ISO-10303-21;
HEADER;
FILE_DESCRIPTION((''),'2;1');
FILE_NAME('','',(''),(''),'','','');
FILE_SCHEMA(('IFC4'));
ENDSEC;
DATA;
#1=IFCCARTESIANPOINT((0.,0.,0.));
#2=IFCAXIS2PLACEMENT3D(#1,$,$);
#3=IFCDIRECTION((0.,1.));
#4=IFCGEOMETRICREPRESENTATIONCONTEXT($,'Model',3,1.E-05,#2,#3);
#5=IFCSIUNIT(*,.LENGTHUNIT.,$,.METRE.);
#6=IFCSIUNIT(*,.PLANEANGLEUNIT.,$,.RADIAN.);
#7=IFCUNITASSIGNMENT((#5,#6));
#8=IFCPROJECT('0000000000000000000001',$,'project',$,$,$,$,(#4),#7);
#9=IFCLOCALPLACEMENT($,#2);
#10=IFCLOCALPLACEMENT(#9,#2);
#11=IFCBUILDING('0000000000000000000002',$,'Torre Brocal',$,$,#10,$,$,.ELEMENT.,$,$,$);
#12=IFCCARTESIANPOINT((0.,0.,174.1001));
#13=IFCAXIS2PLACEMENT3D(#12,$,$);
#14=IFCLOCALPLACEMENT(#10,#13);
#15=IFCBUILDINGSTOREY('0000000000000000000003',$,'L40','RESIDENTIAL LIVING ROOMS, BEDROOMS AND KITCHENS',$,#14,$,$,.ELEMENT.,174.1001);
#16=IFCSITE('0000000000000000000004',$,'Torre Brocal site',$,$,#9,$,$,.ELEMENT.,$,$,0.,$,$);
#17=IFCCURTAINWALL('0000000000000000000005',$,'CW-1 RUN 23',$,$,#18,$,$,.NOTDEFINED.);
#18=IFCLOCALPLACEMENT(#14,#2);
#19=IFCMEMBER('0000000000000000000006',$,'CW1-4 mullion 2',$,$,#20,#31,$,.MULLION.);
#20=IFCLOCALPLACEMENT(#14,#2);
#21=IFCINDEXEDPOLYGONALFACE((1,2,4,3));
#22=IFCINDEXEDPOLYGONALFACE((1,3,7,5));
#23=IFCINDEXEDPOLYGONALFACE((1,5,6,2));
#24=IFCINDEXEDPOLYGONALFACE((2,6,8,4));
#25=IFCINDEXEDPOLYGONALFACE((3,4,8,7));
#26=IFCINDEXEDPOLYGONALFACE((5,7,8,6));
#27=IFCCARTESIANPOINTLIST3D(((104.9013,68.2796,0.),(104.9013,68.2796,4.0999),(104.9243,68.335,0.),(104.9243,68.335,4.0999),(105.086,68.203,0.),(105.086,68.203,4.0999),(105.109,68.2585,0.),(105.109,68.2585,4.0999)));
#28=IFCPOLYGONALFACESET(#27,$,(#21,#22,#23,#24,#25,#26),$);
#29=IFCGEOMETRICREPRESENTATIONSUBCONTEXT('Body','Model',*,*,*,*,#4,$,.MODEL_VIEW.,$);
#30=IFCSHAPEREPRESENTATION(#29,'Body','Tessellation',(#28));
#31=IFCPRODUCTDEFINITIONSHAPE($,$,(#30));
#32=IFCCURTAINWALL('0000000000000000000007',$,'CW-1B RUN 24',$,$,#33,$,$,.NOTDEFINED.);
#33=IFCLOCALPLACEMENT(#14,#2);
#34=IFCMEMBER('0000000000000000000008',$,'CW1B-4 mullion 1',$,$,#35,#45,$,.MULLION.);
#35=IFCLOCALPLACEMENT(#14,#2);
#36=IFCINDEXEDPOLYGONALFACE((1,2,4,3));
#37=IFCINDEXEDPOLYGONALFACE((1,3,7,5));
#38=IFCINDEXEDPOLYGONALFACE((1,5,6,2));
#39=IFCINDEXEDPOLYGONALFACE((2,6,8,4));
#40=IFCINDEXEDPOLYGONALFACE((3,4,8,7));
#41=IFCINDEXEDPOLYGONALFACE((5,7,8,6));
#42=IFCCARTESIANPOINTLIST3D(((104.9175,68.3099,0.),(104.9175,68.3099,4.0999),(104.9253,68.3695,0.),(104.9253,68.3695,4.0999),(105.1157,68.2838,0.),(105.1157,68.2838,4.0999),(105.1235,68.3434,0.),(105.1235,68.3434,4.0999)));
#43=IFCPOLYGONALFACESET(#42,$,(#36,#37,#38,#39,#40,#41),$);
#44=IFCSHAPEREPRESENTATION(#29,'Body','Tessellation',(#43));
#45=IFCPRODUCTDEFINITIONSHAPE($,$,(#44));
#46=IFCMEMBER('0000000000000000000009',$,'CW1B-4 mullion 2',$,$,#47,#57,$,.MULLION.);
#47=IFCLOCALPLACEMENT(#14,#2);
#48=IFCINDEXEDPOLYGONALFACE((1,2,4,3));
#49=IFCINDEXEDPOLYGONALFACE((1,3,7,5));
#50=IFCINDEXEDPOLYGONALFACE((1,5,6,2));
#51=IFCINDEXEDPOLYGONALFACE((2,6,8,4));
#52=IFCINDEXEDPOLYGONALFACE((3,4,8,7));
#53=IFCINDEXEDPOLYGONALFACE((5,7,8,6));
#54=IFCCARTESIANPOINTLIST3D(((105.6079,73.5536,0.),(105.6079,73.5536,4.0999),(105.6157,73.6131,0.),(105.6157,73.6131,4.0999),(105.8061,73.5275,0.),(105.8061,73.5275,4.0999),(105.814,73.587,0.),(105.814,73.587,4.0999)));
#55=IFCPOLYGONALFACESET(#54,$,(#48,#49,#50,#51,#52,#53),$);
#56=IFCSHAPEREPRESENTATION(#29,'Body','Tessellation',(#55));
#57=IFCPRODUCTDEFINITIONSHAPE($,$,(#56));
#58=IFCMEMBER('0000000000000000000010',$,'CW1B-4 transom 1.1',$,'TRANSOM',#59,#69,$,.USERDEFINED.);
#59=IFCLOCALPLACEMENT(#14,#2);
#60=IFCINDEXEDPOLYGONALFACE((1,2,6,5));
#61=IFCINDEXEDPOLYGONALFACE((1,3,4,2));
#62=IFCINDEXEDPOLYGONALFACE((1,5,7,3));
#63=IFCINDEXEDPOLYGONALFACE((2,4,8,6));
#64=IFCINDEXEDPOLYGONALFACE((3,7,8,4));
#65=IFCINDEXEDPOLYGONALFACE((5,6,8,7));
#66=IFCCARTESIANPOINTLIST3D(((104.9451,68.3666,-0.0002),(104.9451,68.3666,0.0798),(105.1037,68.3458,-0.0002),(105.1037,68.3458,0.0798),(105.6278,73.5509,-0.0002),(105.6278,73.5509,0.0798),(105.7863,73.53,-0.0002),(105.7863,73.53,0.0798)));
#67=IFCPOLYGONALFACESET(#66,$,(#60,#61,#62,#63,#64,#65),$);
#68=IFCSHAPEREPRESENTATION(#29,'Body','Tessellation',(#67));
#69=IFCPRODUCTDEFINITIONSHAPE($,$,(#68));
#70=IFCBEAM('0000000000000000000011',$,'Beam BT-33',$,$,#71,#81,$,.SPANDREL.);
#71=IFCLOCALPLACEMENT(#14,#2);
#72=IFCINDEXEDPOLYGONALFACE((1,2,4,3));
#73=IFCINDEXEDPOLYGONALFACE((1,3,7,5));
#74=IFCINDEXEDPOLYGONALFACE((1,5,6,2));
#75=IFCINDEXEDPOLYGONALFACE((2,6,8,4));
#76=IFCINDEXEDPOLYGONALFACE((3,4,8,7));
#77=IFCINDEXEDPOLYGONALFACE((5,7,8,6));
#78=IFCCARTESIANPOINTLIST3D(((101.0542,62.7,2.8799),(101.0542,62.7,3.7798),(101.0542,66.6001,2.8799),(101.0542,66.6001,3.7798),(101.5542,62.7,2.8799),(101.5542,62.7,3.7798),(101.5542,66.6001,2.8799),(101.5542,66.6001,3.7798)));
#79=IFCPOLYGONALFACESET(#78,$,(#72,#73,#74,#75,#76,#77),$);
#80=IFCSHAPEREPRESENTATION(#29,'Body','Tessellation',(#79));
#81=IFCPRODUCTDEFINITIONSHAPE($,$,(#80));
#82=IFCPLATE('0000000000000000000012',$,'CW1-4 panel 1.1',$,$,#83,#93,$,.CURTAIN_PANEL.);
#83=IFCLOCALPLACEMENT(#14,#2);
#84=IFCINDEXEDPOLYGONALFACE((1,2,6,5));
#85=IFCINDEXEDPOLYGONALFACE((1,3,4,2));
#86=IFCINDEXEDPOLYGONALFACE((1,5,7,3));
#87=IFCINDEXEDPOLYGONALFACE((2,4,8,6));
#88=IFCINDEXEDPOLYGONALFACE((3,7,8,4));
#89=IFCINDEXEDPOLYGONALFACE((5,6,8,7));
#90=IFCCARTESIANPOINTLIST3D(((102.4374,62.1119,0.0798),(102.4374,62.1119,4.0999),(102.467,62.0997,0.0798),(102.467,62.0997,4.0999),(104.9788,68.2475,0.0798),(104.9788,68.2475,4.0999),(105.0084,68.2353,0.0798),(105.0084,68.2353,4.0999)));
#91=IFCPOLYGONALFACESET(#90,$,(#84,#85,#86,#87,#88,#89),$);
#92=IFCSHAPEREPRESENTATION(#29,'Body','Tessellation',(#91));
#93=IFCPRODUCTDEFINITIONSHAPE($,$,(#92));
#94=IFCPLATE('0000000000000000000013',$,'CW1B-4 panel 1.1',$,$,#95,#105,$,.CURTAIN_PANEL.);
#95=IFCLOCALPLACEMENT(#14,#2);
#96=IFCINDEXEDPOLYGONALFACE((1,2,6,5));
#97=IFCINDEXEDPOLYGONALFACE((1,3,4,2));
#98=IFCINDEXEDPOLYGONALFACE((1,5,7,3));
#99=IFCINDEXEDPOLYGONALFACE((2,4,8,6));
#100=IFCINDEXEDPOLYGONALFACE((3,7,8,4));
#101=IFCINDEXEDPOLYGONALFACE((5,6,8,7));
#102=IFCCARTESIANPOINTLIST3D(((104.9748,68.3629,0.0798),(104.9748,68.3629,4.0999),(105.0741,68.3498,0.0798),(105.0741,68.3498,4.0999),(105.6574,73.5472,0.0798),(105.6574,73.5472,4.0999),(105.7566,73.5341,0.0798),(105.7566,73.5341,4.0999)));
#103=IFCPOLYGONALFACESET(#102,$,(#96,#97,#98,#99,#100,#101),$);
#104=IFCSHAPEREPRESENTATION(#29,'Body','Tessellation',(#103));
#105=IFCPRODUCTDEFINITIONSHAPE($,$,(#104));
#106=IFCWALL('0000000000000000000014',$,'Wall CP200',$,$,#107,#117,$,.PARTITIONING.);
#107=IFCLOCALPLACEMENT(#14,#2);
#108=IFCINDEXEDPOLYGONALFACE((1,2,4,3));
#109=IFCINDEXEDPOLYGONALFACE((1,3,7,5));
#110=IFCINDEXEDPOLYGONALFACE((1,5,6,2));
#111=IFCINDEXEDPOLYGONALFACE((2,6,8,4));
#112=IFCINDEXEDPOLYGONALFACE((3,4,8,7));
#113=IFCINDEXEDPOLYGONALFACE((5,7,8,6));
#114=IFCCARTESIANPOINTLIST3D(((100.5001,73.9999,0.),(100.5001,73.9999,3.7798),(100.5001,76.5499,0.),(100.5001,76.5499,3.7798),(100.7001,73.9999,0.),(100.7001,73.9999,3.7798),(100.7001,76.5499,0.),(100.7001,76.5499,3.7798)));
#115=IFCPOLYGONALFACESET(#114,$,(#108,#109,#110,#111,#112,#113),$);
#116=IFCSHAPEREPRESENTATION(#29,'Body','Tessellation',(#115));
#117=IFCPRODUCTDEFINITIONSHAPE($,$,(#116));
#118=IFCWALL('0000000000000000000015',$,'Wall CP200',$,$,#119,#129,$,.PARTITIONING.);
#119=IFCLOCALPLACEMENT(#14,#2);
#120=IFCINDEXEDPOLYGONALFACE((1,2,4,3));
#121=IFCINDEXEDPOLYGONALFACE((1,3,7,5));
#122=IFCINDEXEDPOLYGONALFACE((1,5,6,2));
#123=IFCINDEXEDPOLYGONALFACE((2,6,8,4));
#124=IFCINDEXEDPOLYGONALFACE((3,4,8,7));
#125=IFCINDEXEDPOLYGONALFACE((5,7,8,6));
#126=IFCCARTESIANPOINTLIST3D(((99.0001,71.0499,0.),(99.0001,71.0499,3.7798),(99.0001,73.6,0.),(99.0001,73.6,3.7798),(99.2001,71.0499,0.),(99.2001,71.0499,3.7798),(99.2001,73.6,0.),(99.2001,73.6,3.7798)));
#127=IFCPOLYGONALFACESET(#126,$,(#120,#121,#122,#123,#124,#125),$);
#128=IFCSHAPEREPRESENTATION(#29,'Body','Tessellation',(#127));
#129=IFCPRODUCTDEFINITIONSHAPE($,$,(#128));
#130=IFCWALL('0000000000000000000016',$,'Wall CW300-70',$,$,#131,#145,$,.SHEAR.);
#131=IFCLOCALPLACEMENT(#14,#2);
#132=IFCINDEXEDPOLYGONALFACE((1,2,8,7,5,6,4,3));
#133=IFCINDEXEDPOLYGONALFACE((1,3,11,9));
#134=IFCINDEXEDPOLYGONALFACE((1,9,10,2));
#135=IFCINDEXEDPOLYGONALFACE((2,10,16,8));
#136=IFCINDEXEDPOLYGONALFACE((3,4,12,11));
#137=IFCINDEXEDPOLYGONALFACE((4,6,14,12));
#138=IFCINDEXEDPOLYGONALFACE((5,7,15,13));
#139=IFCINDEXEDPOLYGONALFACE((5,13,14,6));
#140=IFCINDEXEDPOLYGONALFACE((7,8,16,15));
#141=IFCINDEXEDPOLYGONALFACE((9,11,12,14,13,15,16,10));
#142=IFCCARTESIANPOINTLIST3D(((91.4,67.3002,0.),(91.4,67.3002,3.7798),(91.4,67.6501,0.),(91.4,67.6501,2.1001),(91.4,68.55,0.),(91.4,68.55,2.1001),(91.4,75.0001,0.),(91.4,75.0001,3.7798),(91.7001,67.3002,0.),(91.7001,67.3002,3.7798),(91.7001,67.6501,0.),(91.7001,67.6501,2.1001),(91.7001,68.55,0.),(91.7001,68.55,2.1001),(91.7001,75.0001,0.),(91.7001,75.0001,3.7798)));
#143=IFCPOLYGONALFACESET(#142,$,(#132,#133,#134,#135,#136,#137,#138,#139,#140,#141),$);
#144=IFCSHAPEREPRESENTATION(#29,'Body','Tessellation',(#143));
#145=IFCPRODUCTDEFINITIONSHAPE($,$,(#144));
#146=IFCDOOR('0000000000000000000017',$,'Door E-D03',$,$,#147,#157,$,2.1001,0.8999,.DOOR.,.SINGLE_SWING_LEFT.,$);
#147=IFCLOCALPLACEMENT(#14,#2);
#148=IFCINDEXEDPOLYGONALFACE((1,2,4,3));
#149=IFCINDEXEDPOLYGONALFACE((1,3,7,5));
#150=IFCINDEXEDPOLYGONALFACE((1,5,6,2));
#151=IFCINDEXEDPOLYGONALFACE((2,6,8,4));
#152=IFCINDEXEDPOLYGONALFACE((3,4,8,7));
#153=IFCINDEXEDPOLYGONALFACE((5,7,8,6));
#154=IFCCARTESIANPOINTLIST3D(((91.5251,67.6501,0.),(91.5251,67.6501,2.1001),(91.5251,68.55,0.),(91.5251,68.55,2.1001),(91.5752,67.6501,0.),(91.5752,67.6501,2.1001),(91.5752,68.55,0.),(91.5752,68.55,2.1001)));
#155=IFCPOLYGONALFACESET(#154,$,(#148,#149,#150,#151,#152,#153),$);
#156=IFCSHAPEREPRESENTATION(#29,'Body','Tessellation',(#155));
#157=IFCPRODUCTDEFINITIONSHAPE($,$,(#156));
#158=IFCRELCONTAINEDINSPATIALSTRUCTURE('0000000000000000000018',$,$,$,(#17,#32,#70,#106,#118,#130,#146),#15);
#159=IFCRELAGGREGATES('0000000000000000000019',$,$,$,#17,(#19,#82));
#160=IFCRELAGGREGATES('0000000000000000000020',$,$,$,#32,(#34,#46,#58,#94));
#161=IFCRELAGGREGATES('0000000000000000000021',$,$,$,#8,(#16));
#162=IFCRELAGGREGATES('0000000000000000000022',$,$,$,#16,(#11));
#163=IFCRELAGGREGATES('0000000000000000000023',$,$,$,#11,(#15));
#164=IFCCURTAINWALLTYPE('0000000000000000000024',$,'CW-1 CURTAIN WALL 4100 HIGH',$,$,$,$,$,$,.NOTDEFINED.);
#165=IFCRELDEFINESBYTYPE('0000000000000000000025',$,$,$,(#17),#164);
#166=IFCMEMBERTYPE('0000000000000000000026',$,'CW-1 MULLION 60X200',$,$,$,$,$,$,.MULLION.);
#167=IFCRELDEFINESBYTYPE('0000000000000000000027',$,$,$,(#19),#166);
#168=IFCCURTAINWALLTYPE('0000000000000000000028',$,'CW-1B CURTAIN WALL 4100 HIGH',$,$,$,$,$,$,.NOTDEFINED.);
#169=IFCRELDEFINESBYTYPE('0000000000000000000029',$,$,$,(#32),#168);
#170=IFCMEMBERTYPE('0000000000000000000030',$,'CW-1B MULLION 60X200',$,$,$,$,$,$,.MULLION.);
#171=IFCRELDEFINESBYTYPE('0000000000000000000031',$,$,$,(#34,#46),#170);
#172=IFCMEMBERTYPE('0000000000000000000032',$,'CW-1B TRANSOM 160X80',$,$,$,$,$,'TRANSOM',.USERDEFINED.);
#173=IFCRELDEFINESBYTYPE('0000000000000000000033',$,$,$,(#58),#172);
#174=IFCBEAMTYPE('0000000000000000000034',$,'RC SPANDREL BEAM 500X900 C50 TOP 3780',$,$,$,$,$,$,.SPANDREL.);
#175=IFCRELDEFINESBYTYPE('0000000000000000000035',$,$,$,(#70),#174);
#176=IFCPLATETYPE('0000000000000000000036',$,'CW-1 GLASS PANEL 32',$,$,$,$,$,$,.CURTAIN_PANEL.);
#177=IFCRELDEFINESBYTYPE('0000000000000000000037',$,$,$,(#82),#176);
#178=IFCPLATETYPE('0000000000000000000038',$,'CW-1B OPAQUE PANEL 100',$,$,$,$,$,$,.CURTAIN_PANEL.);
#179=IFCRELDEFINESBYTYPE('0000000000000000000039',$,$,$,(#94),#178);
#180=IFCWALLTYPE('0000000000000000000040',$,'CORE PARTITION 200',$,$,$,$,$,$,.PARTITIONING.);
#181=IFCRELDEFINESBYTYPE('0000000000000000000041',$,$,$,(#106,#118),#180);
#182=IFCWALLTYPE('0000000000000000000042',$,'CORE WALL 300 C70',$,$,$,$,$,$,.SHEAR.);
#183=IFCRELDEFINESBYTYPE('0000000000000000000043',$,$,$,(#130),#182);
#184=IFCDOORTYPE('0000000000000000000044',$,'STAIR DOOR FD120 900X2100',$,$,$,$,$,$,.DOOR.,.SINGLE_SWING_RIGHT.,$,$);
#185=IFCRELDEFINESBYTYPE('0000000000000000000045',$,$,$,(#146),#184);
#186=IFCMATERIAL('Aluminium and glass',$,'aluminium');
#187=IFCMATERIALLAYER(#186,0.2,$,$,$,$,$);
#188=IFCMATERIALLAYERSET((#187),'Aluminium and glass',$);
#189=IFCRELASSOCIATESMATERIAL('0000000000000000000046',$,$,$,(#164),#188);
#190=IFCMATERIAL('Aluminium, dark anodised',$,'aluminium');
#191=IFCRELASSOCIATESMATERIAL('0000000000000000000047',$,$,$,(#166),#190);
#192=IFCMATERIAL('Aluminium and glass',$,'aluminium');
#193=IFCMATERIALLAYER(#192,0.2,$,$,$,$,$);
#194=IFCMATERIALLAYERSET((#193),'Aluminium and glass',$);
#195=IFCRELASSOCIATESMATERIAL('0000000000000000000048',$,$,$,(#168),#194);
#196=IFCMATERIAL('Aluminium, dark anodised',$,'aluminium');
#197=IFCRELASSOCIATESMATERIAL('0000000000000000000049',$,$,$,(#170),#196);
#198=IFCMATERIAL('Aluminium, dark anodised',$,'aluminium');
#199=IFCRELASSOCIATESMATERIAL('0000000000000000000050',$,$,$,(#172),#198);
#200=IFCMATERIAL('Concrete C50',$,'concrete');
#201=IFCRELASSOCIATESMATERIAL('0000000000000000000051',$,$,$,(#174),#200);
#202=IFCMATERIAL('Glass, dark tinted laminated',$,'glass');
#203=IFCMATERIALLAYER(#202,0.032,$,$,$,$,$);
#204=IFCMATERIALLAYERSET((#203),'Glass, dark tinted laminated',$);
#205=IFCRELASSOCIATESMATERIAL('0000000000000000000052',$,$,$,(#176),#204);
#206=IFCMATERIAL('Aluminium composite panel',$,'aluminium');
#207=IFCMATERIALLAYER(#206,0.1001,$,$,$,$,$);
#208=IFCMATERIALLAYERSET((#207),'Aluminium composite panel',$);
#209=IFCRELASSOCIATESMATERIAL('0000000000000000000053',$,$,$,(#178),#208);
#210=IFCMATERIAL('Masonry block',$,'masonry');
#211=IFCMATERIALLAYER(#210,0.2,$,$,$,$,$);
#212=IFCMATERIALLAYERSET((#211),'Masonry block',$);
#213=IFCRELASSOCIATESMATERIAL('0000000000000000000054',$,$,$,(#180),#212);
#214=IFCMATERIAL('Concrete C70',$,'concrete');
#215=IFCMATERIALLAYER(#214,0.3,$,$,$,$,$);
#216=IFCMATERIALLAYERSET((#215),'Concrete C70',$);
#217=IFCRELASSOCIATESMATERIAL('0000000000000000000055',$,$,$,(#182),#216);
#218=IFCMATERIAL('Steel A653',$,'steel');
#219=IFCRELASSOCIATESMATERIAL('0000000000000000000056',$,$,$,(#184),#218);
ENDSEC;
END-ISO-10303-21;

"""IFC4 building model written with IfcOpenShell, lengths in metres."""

from ifc_helpers import new_model, si_unit, direction, frame, frame_2d, origin, origin_2d, place, context, subcontext, project, spatial, rectangle, extrude, material, layer, layer_set, material_profile, profile_set, type_object, element, fill, aggregate, save


model = new_model("IFC4")

# Units and contexts
model_context = context("Model", 3, precision=1e-05, world=origin(), true_north=direction((0.0, 1.0)))
body_context = subcontext(model_context, "Body", "Model", "MODEL_VIEW")
ifc_project = project(units=[si_unit("LENGTHUNIT", "METRE"), si_unit("PLANEANGLEUNIT", "RADIAN")], contexts=[model_context])

# Site, building, storey
site_placement = place(None, origin())
site = spatial("IfcSite", under=ifc_project, at=site_placement, Name="Torre Brocal site", CompositionType="ELEMENT", RefElevation=0.0)
building_placement = place(site_placement, origin())
building = spatial("IfcBuilding", under=site, at=building_placement, Name="Torre Brocal", CompositionType="ELEMENT")
storey_placement = place(building_placement, frame((0.0, 0.0, 174.1001)))
storey = spatial("IfcBuildingStorey", under=building, at=storey_placement, Name="L40", Description="RESIDENTIAL LIVING ROOMS, BEDROOMS AND KITCHENS", CompositionType="ELEMENT", Elevation=174.1001)

# Curtain wall, member
ifc_material_1 = material(Name="Aluminium and glass", Category="aluminium")
ifc_layer_1 = layer(ifc_material_1, 0.2)
ifc_layer_set_1 = layer_set([ifc_layer_1], Name="Aluminium and glass")
curtain_wall_type_1 = type_object("IfcCurtainWallType", Name="CW-1 CURTAIN WALL 4100 HIGH", PredefinedType="NOTDEFINED", material=ifc_layer_set_1)
curtain_wall_1_placement = place(storey_placement, origin())
curtain_wall_1 = element("IfcCurtainWall", 1, at=curtain_wall_1_placement, inside=storey, type_object=curtain_wall_type_1, Name="CW-1 RUN 23", PredefinedType="NOTDEFINED")
ifc_material_2 = material(Name="Aluminium, dark anodised", Category="aluminium")
ifc_material_profile_1 = material_profile(ifc_material_2, rectangle(XDim=0.2, YDim=0.0601, at=origin_2d()), Name="CW-1 MULLION 60X200")
ifc_profile_set_1 = profile_set([ifc_material_profile_1], Name="Aluminium, dark anodised")
member_type_1 = type_object("IfcMemberType", Name="CW-1 MULLION 60X200", PredefinedType="MULLION", material=ifc_profile_set_1)
member_1_placement = place(storey_placement, frame((105.0051, 68.269, 0.0), z_axis=(0.0, 0.0, 1.0), x_axis=(-0.92388, 0.382683, 0.0)))
member_1 = element("IfcMember", 2, at=member_1_placement, type_object=member_type_1, Name="CW1-4 mullion 2", PredefinedType="MULLION", context=body_context, shape_type="SweptSolid", body=[
    extrude(rectangle(XDim=0.2, YDim=0.0601, at=origin_2d()), origin(), (0.0, 0.0, 1.0), 4.0999),
])

# Curtain wall, members
ifc_material_3 = material(Name="Aluminium and glass", Category="aluminium")
ifc_layer_2 = layer(ifc_material_3, 0.2)
ifc_layer_set_2 = layer_set([ifc_layer_2], Name="Aluminium and glass")
curtain_wall_type_2 = type_object("IfcCurtainWallType", Name="CW-1B CURTAIN WALL 4100 HIGH", PredefinedType="NOTDEFINED", material=ifc_layer_set_2)
curtain_wall_2_placement = place(storey_placement, origin())
curtain_wall_2 = element("IfcCurtainWall", 3, at=curtain_wall_2_placement, inside=storey, type_object=curtain_wall_type_2, Name="CW-1B RUN 24", PredefinedType="NOTDEFINED")
ifc_material_4 = material(Name="Aluminium, dark anodised", Category="aluminium")
ifc_material_profile_2 = material_profile(ifc_material_4, rectangle(XDim=0.2, YDim=0.0601, at=origin_2d()), Name="CW-1B MULLION 60X200")
ifc_profile_set_2 = profile_set([ifc_material_profile_2], Name="Aluminium, dark anodised")
member_type_2 = type_object("IfcMemberType", Name="CW-1B MULLION 60X200", PredefinedType="MULLION", material=ifc_profile_set_2)
member_2_placement = place(storey_placement, frame((105.0205, 68.3267, 0.0), z_axis=(0.0, 0.0, 1.0), x_axis=(-0.991445, 0.130526, 0.0)))
member_2 = element("IfcMember", 4, at=member_2_placement, type_object=member_type_2, Name="CW1B-4 mullion 1", PredefinedType="MULLION", context=body_context, shape_type="SweptSolid", body=[
    extrude(rectangle(XDim=0.2, YDim=0.0601, at=origin_2d()), origin(), (0.0, 0.0, 1.0), 4.0999),
])
member_3_placement = place(storey_placement, frame((105.7109, 73.5703, 0.0), z_axis=(0.0, 0.0, 1.0), x_axis=(-0.991445, 0.130526, 0.0)))
member_3 = element("IfcMember", 5, at=member_3_placement, type_object=member_type_2, Name="CW1B-4 mullion 2", PredefinedType="MULLION", context=body_context, shape_type="SweptSolid", body=[
    extrude(rectangle(XDim=0.2, YDim=0.0601, at=origin_2d()), origin(), (0.0, 0.0, 1.0), 4.0999),
])
ifc_material_5 = material(Name="Aluminium, dark anodised", Category="aluminium")
ifc_material_profile_3 = material_profile(ifc_material_5, rectangle(XDim=0.1599, YDim=0.0801, at=origin_2d()), Name="CW-1B TRANSOM 160X80")
ifc_profile_set_3 = profile_set([ifc_material_profile_3], Name="Aluminium, dark anodised")
member_type_3 = type_object("IfcMemberType", Name="CW-1B TRANSOM 160X80", ElementType="TRANSOM", PredefinedType="USERDEFINED", material=ifc_profile_set_3)
member_4_placement = place(storey_placement, frame((105.0244, 68.3562, 0.0398), z_axis=(0.130543, 0.991443, 0.0), x_axis=(-0.991443, 0.130543, 0.0)))
member_4 = element("IfcMember", 6, at=member_4_placement, type_object=member_type_3, Name="CW1B-4 transom 1.1", ObjectType="TRANSOM", PredefinedType="USERDEFINED", context=body_context, shape_type="SweptSolid", body=[
    extrude(rectangle(XDim=0.1599, YDim=0.0801, at=origin_2d()), origin(), (0.0, 0.0, 1.0), 5.229),
])

# Beam
ifc_material_6 = material(Name="Concrete C50", Category="concrete")
ifc_material_profile_4 = material_profile(ifc_material_6, rectangle(XDim=0.5, YDim=0.8999, at=origin_2d()), Name="RC 500X900")
ifc_profile_set_4 = profile_set([ifc_material_profile_4], Name="Concrete C50")
beam_type = type_object("IfcBeamType", Name="RC SPANDREL BEAM 500X900 C50 TOP 3780", PredefinedType="SPANDREL", material=ifc_profile_set_4)
beam_placement = place(storey_placement, frame((101.3042, 62.7, 3.3298), z_axis=(0.0, 1.0, 0.0), x_axis=(-1.0, 0.0, 0.0)))
element("IfcBeam", 7, at=beam_placement, inside=storey, type_object=beam_type, Name="Beam BT-33", PredefinedType="SPANDREL", context=body_context, shape_type="SweptSolid", body=[
    extrude(rectangle(XDim=0.5, YDim=0.8999, at=origin_2d()), origin(), (0.0, 0.0, 1.0), 3.9001),
])

# Plates
ifc_material_7 = material(Name="Glass, dark tinted laminated", Category="glass")
ifc_layer_3 = layer(ifc_material_7, 0.032)
ifc_layer_set_3 = layer_set([ifc_layer_3], Name="Glass, dark tinted laminated")
plate_type_1 = type_object("IfcPlateType", Name="CW-1 GLASS PANEL 32", PredefinedType="CURTAIN_PANEL", material=ifc_layer_set_3)
plate_1_placement = place(storey_placement, frame((103.7229, 65.1736, 0.0798), z_axis=(0.0, 0.0, 1.0), x_axis=(0.382683, 0.92388, 0.0)))
plate_1 = element("IfcPlate", 8, at=plate_1_placement, type_object=plate_type_1, Name="CW1-4 panel 1.1", PredefinedType="CURTAIN_PANEL", context=body_context, shape_type="SweptSolid", body=[
    extrude(rectangle(XDim=6.6411, YDim=0.032, at=origin_2d()), origin(), (0.0, 0.0, 1.0), 4.02),
])
aggregate(curtain_wall_1, [member_1, plate_1])
ifc_material_8 = material(Name="Aluminium composite panel", Category="aluminium")
ifc_layer_4 = layer(ifc_material_8, 0.1001)
ifc_layer_set_4 = layer_set([ifc_layer_4], Name="Aluminium composite panel")
plate_type_2 = type_object("IfcPlateType", Name="CW-1B OPAQUE PANEL 100", PredefinedType="CURTAIN_PANEL", material=ifc_layer_set_4)
plate_2_placement = place(storey_placement, frame((105.3657, 70.9485, 0.0798), z_axis=(0.0, 0.0, 1.0), x_axis=(0.130526, 0.991445, 0.0)))
plate_2 = element("IfcPlate", 9, at=plate_2_placement, type_object=plate_type_2, Name="CW1B-4 panel 1.1", PredefinedType="CURTAIN_PANEL", context=body_context, shape_type="SweptSolid", body=[
    extrude(rectangle(XDim=5.229, YDim=0.1001, at=origin_2d()), origin(), (0.0, 0.0, 1.0), 4.02),
])
aggregate(curtain_wall_2, [member_2, member_3, member_4, plate_2])

# Walls
ifc_material_9 = material(Name="Masonry block", Category="masonry")
ifc_layer_5 = layer(ifc_material_9, 0.2)
ifc_layer_set_5 = layer_set([ifc_layer_5], Name="Masonry block")
wall_type_1 = type_object("IfcWallType", Name="CORE PARTITION 200", PredefinedType="PARTITIONING", material=ifc_layer_set_5)
for number, where, z_axis, x_axis, name in (
    (10, (100.6001, 74.0, 0.0), (0.0, 0.0, 1.0), (0.0, 1.0, 0.0), "Wall CP200"),
    (11, (99.1001, 71.05, 0.0), (0.0, 0.0, 1.0), (0.0, 1.0, 0.0), "Wall CP200"),
):
    element("IfcWall", number, at=place(storey_placement, frame(where, z_axis=z_axis, x_axis=x_axis)), inside=storey, type_object=wall_type_1, Name=name, PredefinedType="PARTITIONING", context=body_context, shape_type="SweptSolid", body=[
        extrude(rectangle(XDim=2.55, YDim=0.2, at=frame_2d((1.2749, 0.0))), origin(), (0.0, 0.0, 1.0), 3.7798),
    ])

# Wall, opening, door
ifc_material_10 = material(Name="Concrete C70", Category="concrete")
ifc_layer_6 = layer(ifc_material_10, 0.3)
ifc_layer_set_6 = layer_set([ifc_layer_6], Name="Concrete C70")
wall_type_2 = type_object("IfcWallType", Name="CORE WALL 300 C70", PredefinedType="SHEAR", material=ifc_layer_set_6)
wall_1_placement = place(storey_placement, frame((91.55, 67.3, 0.0), z_axis=(0.0, 0.0, 1.0), x_axis=(0.0, 1.0, 0.0)))
wall_1 = element("IfcWall", 12, at=wall_1_placement, inside=storey, type_object=wall_type_2, Name="Wall CW300-70", PredefinedType="SHEAR", context=body_context, shape_type="SweptSolid", body=[
    extrude(rectangle(XDim=7.7, YDim=0.3, at=frame_2d((3.8501, 0.0))), origin(), (0.0, 0.0, 1.0), 3.7798),
])
opening_1_placement = place(wall_1_placement, frame((0.3501, 0.0, 0.0)))
opening_1 = element("IfcOpeningElement", 13, at=opening_1_placement, cuts=wall_1, PredefinedType="OPENING", context=body_context, shape_type="SweptSolid", body=[
    extrude(rectangle(XDim=0.8999, YDim=2.1001, at=frame_2d((0.45, 1.05))), frame((0.0, 0.1599, 0.0), z_axis=(0.0, -1.0, 0.0), x_axis=(1.0, 0.0, 0.0)), (0.0, 0.0, 1.0), 0.3201),
])
ifc_material_11 = material(Name="Steel A653", Category="steel")
door_type_1 = type_object("IfcDoorType", Name="STAIR DOOR FD120 900X2100", OperationType="SINGLE_SWING_RIGHT", PredefinedType="DOOR", material=ifc_material_11)
door_1_placement = place(opening_1_placement, origin())
door_1 = element("IfcDoor", 14, at=door_1_placement, inside=storey, type_object=door_type_1, Name="Door E-D03", OperationType="SINGLE_SWING_LEFT", OverallHeight=2.1001, OverallWidth=0.8999, PredefinedType="DOOR", context=body_context, shape_type="SweptSolid", body=[
    extrude(rectangle(XDim=0.8999, YDim=2.1001, at=frame_2d((0.45, 1.05))), frame((0.0, 0.0249, 0.0), z_axis=(0.0, -1.0, 0.0), x_axis=(1.0, 0.0, 0.0)), (0.0, 0.0, 1.0), 0.05),
])
fill(opening_1, door_1)

save(model, "model.ifc")
